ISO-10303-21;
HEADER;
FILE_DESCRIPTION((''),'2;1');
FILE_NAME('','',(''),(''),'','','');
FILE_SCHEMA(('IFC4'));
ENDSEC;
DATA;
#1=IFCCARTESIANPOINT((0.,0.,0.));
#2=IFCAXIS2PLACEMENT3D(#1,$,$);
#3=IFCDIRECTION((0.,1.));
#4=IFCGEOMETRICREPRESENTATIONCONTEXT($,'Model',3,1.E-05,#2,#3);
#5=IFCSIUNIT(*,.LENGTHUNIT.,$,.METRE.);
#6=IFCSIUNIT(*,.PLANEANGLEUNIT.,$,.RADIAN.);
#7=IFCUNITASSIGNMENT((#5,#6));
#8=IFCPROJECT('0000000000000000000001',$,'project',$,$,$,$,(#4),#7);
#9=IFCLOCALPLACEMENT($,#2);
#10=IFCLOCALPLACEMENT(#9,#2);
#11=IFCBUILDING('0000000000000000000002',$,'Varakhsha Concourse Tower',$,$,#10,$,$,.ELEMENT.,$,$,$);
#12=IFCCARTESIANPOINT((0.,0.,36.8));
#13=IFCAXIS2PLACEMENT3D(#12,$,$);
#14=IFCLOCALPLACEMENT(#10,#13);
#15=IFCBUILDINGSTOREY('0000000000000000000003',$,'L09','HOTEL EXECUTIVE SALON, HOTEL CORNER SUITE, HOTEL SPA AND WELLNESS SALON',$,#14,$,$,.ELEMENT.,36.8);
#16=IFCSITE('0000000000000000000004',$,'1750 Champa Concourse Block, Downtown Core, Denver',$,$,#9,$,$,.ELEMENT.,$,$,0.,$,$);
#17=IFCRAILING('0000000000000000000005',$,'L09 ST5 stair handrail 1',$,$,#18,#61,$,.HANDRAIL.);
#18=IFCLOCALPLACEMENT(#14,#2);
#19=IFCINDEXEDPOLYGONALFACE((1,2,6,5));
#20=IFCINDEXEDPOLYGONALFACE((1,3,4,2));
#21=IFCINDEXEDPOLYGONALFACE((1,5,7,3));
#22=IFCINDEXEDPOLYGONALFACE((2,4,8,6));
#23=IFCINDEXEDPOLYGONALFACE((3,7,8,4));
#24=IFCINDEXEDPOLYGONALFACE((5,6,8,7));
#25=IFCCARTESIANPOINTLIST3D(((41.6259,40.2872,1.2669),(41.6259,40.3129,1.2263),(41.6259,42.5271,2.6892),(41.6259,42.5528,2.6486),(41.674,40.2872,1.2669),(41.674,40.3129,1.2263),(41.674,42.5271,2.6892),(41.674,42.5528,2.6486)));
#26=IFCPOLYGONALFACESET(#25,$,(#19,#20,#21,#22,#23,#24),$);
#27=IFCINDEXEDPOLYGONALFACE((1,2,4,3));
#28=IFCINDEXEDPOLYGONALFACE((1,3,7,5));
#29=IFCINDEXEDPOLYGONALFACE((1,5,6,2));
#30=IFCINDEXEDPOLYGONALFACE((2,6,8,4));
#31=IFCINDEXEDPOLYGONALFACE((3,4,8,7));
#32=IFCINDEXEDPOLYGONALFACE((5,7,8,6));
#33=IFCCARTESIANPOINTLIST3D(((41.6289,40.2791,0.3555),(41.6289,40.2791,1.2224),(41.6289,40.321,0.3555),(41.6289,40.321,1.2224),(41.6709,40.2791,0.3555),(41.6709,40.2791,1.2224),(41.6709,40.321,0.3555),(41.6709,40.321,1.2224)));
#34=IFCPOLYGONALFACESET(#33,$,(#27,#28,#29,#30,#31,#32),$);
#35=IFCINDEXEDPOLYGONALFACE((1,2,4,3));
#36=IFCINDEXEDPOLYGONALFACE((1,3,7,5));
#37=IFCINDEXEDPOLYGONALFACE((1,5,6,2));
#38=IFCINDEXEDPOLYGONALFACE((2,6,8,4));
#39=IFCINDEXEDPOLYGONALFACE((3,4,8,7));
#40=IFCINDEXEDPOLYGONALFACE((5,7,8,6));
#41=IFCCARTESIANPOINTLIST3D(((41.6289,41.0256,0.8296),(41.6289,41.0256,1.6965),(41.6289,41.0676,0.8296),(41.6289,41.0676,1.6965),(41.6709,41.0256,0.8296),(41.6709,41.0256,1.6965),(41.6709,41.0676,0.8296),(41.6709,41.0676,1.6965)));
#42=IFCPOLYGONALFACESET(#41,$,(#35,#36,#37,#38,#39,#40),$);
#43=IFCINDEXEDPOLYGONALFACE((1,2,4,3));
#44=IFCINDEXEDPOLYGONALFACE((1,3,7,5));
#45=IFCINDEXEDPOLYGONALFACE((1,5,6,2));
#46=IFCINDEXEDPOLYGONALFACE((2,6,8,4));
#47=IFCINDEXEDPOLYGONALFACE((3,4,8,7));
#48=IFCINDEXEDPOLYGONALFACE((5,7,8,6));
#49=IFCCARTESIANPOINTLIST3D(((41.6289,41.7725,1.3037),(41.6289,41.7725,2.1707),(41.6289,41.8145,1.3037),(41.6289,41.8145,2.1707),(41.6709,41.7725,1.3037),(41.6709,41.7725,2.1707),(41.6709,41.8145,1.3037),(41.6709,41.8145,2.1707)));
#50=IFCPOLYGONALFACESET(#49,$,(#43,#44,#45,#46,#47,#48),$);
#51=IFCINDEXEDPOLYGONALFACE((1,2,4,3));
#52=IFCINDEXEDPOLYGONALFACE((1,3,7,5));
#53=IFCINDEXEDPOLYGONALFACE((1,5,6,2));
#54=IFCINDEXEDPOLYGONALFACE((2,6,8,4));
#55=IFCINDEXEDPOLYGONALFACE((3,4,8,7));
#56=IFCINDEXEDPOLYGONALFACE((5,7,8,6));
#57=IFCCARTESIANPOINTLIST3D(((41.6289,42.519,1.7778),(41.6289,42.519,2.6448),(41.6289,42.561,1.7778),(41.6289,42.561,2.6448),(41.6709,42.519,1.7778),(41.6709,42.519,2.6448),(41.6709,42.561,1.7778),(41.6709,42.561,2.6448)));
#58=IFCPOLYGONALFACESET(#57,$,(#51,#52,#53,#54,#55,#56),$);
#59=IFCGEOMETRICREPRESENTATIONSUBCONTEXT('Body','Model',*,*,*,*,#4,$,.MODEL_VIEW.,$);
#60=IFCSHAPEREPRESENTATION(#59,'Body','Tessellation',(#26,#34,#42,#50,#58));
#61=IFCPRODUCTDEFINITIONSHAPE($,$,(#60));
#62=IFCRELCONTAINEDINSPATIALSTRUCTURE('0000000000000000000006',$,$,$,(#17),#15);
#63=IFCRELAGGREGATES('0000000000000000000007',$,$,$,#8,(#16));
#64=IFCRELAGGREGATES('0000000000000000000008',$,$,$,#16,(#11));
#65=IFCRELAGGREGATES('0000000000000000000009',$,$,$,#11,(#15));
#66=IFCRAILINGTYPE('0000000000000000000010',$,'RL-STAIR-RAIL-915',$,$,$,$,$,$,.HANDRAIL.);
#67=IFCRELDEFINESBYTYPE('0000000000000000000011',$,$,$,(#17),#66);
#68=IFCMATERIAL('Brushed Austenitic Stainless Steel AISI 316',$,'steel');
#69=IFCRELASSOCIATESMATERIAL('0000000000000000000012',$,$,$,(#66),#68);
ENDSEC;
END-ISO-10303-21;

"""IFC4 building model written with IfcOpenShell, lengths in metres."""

from ifc_helpers import new_model, si_unit, direction, frame, origin, origin_2d, place, context, subcontext, project, spatial, rectangle, extrude, material, type_object, element, save


model = new_model("IFC4")

# Units and contexts
model_context = context("Model", 3, precision=1e-05, world=origin(), true_north=direction((0.0, 1.0)))
body_context = subcontext(model_context, "Body", "Model", "MODEL_VIEW")
ifc_project = project(units=[si_unit("LENGTHUNIT", "METRE"), si_unit("PLANEANGLEUNIT", "RADIAN")], contexts=[model_context])

# Site, building, storey
site_placement = place(None, origin())
site = spatial("IfcSite", under=ifc_project, at=site_placement, Name="1750 Champa Concourse Block, Downtown Core, Denver", CompositionType="ELEMENT", RefElevation=0.0)
building_placement = place(site_placement, origin())
building = spatial("IfcBuilding", under=site, at=building_placement, Name="Varakhsha Concourse Tower", CompositionType="ELEMENT")
storey_placement = place(building_placement, frame((0.0, 0.0, 36.8)))
storey = spatial("IfcBuildingStorey", under=building, at=storey_placement, Name="L09", Description="HOTEL EXECUTIVE SALON, HOTEL CORNER SUITE, HOTEL SPA AND WELLNESS SALON", CompositionType="ELEMENT", Elevation=36.8)

# Railing
ifc_material_1 = material(Name="Brushed Austenitic Stainless Steel AISI 316", Category="steel")
railing_type_1 = type_object("IfcRailingType", Name="RL-STAIR-RAIL-915", PredefinedType="HANDRAIL", material=ifc_material_1)
railing_1_placement = place(storey_placement, frame((41.6499, 40.3, 0.3555)))
element("IfcRailing", 1, at=railing_1_placement, inside=storey, type_object=railing_type_1, Name="L09 ST5 stair handrail 1", PredefinedType="HANDRAIL", context=body_context, shape_type="SweptSolid", body=[
    extrude(rectangle(XDim=0.0481, YDim=0.0481, at=origin_2d()), frame((0.0, 0.0, 0.8911), z_axis=(0.0, 0.844188, 0.536048), x_axis=(-1.0, 0.0, 0.0)), (0.0, 0.0, 1.0), 2.6533),
    extrude(rectangle(XDim=0.042, YDim=0.042, at=origin_2d()), origin(), (0.0, 0.0, 1.0), 0.8669),
    extrude(rectangle(XDim=0.042, YDim=0.042, at=origin_2d()), frame((0.0, 0.7466, 0.4741)), (0.0, 0.0, 1.0), 0.8669),
    extrude(rectangle(XDim=0.042, YDim=0.042, at=origin_2d()), frame((0.0, 1.4934, 0.9482)), (0.0, 0.0, 1.0), 0.8669),
    extrude(rectangle(XDim=0.042, YDim=0.042, at=origin_2d()), frame((0.0, 2.24, 1.4224)), (0.0, 0.0, 1.0), 0.8669),
])

save(model, "model.ifc")
